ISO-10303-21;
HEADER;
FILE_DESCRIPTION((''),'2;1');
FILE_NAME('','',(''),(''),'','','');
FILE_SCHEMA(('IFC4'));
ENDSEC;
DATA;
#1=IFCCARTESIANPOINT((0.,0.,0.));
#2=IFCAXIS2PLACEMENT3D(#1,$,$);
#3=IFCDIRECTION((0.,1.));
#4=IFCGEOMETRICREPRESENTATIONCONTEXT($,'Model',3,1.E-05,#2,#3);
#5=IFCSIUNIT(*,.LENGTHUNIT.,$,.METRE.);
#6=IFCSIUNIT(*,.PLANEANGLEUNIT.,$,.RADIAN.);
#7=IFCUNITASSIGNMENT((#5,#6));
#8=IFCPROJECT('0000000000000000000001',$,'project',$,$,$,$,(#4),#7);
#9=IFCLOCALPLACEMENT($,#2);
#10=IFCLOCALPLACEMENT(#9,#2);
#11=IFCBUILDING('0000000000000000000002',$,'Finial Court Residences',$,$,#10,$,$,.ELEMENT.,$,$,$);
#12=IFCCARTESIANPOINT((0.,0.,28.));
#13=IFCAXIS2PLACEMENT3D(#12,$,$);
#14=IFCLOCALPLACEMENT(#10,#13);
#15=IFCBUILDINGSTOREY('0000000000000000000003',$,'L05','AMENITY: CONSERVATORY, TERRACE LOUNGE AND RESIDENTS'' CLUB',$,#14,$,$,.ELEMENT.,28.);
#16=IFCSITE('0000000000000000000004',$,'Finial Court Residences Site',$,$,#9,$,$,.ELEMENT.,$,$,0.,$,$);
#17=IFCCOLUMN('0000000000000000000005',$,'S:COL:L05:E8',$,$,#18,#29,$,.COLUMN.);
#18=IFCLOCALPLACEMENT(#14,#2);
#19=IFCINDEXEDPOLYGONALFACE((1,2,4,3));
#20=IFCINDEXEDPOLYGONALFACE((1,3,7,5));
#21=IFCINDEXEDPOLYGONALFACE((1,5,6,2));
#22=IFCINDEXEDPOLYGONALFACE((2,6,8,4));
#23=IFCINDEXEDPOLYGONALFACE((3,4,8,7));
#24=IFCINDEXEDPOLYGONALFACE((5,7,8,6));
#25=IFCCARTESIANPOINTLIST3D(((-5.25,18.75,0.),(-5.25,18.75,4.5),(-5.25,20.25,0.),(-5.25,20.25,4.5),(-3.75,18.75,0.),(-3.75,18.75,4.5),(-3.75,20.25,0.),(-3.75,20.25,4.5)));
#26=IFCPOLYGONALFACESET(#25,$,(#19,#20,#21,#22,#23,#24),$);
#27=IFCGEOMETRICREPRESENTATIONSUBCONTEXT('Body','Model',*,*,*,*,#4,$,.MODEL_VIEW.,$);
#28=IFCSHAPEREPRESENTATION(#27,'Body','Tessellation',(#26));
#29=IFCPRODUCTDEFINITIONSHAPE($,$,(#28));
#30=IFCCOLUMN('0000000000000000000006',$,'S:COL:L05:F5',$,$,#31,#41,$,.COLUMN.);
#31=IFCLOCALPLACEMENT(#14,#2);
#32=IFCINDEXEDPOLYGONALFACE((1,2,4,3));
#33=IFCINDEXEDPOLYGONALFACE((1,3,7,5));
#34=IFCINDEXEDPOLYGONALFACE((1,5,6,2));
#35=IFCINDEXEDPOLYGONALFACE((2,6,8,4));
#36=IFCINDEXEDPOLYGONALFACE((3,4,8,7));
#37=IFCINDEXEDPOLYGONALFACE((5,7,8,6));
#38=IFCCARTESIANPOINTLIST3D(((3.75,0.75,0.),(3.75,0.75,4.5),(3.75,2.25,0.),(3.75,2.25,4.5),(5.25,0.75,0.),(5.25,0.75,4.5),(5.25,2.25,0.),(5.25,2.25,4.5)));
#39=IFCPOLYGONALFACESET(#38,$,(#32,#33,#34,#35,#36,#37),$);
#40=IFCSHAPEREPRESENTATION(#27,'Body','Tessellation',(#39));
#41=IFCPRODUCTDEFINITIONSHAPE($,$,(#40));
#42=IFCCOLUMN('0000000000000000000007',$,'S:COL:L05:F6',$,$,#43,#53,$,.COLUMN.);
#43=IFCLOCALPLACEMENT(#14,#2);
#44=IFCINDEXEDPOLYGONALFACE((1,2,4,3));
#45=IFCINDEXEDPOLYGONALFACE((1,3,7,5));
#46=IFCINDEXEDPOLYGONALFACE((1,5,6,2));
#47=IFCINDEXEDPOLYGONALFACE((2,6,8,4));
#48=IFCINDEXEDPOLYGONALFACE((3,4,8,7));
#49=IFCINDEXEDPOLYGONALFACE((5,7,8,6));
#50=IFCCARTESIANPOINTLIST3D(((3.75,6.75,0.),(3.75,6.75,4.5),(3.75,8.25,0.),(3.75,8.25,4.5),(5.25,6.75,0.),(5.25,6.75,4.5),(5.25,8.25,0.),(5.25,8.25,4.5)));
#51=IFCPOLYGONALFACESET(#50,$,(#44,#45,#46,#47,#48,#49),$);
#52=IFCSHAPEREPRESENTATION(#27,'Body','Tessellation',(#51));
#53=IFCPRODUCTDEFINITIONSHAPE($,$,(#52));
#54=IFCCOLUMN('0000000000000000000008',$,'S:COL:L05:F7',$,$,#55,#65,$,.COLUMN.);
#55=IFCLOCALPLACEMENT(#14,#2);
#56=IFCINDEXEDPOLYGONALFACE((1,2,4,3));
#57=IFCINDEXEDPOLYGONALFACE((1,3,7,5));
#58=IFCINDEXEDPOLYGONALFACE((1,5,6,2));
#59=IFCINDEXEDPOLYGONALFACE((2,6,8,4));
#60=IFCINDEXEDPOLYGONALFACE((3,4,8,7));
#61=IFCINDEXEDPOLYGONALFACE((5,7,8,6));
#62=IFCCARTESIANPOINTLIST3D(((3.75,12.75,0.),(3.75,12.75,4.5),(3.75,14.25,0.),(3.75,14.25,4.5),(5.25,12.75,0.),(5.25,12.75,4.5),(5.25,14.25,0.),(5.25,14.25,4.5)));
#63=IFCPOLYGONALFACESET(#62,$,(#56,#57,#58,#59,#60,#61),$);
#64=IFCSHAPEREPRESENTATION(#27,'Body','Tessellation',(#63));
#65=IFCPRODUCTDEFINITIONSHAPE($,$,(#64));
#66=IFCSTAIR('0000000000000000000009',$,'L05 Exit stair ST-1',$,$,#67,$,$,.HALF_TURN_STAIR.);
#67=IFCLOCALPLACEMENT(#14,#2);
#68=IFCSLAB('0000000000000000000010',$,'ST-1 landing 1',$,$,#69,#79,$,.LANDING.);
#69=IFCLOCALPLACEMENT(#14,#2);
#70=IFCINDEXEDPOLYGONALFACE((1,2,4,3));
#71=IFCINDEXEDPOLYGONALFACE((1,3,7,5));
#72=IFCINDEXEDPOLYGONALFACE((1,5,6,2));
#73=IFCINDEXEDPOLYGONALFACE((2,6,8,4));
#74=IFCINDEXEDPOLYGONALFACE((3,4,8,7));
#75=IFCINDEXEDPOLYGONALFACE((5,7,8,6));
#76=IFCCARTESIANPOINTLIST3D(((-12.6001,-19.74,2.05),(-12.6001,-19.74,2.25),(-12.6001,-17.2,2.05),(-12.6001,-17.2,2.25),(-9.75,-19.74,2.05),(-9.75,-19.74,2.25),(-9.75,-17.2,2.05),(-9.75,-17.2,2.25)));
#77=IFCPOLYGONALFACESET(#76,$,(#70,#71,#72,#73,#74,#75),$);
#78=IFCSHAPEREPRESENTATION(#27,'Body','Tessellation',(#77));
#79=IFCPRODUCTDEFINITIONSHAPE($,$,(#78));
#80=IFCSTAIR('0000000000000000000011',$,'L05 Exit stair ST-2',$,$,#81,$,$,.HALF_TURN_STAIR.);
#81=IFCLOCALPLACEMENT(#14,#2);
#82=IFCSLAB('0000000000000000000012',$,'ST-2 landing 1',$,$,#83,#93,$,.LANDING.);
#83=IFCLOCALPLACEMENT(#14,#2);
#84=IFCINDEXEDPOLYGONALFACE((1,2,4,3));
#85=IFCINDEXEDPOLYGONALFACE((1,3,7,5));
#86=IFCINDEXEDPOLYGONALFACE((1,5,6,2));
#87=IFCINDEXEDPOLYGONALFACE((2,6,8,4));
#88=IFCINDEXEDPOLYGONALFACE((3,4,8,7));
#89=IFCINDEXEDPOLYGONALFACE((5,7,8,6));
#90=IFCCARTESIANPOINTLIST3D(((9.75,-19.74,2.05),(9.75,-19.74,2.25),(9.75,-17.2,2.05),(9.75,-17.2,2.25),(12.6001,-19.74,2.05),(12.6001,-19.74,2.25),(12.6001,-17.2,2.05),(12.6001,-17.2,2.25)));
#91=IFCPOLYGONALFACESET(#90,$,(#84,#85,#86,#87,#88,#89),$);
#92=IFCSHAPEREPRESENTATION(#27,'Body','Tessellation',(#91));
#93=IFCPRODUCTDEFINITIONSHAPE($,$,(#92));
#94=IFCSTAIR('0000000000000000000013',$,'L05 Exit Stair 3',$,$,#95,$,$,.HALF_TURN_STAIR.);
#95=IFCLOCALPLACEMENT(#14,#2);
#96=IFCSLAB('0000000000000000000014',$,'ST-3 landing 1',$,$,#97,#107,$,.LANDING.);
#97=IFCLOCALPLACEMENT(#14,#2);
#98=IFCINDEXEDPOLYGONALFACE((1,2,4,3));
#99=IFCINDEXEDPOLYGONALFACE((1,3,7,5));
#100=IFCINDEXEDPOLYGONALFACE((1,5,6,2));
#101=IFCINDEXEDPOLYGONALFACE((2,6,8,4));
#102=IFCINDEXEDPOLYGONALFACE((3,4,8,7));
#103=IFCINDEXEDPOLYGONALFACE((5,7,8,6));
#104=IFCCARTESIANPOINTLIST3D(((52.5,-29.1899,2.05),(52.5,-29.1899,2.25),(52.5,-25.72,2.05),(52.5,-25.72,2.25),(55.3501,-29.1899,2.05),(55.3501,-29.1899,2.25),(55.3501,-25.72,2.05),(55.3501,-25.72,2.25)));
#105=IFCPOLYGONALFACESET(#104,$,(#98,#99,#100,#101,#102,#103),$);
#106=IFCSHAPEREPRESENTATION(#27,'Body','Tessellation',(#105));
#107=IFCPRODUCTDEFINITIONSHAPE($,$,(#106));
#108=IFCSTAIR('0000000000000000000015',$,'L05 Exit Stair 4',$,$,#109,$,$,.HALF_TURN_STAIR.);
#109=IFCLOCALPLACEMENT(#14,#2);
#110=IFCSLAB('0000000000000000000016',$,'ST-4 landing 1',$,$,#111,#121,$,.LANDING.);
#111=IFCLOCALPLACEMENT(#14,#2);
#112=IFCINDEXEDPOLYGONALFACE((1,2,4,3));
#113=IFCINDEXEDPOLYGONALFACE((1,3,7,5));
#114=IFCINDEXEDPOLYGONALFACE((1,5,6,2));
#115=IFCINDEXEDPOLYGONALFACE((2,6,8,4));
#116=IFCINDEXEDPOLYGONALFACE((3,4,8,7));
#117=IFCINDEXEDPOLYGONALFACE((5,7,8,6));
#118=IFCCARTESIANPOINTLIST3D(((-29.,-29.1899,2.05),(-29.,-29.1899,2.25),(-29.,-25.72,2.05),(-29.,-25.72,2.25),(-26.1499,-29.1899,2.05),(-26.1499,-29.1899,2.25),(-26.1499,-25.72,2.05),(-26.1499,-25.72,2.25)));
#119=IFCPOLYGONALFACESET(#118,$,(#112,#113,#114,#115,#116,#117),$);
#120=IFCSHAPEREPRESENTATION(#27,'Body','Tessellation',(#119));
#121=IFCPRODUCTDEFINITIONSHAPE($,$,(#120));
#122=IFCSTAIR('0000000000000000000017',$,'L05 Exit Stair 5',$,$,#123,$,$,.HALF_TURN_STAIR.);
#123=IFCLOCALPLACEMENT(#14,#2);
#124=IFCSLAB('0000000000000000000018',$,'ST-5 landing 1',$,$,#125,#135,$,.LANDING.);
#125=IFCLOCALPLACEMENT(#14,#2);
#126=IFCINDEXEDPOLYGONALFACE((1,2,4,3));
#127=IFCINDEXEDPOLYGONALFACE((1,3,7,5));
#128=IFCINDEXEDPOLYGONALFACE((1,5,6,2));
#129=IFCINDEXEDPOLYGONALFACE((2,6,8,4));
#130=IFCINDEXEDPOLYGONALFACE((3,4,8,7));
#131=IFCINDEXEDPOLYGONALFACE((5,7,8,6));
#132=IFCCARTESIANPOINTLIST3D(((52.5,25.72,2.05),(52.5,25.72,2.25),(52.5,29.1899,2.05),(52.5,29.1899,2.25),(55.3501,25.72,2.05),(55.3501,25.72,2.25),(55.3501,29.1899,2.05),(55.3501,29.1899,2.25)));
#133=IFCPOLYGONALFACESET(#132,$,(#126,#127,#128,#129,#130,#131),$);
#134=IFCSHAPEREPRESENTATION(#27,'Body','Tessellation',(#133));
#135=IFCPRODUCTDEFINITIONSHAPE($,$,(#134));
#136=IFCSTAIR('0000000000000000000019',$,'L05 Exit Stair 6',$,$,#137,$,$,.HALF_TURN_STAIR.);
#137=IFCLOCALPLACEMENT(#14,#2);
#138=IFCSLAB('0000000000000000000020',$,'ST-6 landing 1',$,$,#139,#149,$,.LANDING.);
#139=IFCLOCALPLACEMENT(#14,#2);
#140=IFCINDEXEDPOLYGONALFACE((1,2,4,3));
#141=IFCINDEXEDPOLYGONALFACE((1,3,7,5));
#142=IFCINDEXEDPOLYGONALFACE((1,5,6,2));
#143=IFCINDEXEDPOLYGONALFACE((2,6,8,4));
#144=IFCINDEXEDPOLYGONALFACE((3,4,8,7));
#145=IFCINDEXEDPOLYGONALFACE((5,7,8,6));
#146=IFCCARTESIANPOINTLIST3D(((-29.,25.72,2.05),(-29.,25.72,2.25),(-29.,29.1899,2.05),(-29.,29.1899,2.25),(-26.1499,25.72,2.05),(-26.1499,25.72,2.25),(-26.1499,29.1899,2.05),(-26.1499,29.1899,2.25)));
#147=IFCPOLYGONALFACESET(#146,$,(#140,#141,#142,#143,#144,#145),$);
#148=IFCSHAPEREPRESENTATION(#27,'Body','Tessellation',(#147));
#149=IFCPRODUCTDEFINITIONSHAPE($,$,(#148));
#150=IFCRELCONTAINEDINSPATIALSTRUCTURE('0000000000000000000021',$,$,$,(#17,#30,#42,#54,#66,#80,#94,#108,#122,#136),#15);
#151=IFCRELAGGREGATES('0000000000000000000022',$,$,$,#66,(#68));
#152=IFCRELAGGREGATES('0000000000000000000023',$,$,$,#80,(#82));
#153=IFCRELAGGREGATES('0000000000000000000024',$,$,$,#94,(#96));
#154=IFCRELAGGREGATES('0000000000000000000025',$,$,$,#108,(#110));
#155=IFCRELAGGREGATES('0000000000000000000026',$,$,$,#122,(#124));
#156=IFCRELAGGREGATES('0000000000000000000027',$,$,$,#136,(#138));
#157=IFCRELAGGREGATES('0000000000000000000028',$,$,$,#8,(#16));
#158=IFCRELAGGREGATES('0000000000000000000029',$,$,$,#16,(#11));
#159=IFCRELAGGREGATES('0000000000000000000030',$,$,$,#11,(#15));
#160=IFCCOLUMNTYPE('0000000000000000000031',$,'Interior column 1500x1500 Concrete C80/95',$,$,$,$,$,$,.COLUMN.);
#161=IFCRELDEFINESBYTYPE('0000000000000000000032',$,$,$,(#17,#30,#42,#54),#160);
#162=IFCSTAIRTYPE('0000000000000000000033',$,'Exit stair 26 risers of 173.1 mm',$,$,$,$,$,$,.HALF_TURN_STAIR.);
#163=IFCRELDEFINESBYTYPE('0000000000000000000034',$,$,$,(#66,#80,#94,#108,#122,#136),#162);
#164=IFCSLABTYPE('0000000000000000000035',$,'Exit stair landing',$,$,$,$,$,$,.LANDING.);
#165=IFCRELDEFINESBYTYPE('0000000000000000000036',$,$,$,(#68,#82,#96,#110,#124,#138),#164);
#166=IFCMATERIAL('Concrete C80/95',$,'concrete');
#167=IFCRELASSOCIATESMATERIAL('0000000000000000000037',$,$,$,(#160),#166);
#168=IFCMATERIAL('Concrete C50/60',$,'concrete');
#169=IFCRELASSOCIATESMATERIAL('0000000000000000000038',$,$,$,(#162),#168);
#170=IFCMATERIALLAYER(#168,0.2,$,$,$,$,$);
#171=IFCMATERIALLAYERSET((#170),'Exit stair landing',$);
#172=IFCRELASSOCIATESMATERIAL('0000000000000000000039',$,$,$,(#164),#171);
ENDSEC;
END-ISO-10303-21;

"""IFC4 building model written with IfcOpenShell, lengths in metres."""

from ifc_helpers import new_model, si_unit, direction, frame, origin, origin_2d, place, context, subcontext, project, spatial, polyline, rectangle, outline, extrude, material, layer, layer_set, material_profile, profile_set, type_object, element, aggregate, save


model = new_model("IFC4")

# Units and contexts
model_context = context("Model", 3, precision=1e-05, world=origin(), true_north=direction((0.0, 1.0)))
body_context = subcontext(model_context, "Body", "Model", "MODEL_VIEW")
ifc_project = project(units=[si_unit("LENGTHUNIT", "METRE"), si_unit("PLANEANGLEUNIT", "RADIAN")], contexts=[model_context])

# Site, building, storey
site_placement = place(None, origin())
site = spatial("IfcSite", under=ifc_project, at=site_placement, Name="Finial Court Residences Site", CompositionType="ELEMENT", RefElevation=0.0)
building_placement = place(site_placement, origin())
building = spatial("IfcBuilding", under=site, at=building_placement, Name="Finial Court Residences", CompositionType="ELEMENT")
storey_placement = place(building_placement, frame((0.0, 0.0, 28.0)))
storey = spatial("IfcBuildingStorey", under=building, at=storey_placement, Name="L05", Description="AMENITY: CONSERVATORY, TERRACE LOUNGE AND RESIDENTS' CLUB", CompositionType="ELEMENT", Elevation=28.0)

# Columns
ifc_material_1 = material(Name="Concrete C80/95", Category="concrete")
ifc_material_profile = material_profile(ifc_material_1, rectangle(XDim=1.5, YDim=1.5, at=origin_2d()), Name="1500x1500")
ifc_profile_set = profile_set([ifc_material_profile], Name="Concrete C80/95")
column_type = type_object("IfcColumnType", Name="Interior column 1500x1500 Concrete C80/95", PredefinedType="COLUMN", material=ifc_profile_set)
for number, where, z_axis, x_axis, name in (
    (1, (-4.5, 19.5, 0.0), (0.0, 0.0, 1.0), (1.0, 0.0, 0.0), "S:COL:L05:E8"),
    (2, (4.5, 1.5, 0.0), (0.0, 0.0, 1.0), (1.0, 0.0, 0.0), "S:COL:L05:F5"),
    (3, (4.5, 7.5, 0.0), (0.0, 0.0, 1.0), (1.0, 0.0, 0.0), "S:COL:L05:F6"),
    (4, (4.5, 13.5, 0.0), (0.0, 0.0, 1.0), (1.0, 0.0, 0.0), "S:COL:L05:F7"),
):
    element("IfcColumn", number, at=place(storey_placement, frame(where, z_axis=z_axis, x_axis=x_axis)), inside=storey, type_object=column_type, Name=name, PredefinedType="COLUMN", context=body_context, shape_type="SweptSolid", body=[
        extrude(rectangle(XDim=1.5, YDim=1.5, at=origin_2d()), origin(), (0.0, 0.0, 1.0), 4.5),
    ])

# Stairs, slabs
ifc_material_2 = material(Name="Concrete C50/60", Category="concrete")
stair_type = type_object("IfcStairType", Name="Exit stair 26 risers of 173.1 mm", PredefinedType="HALF_TURN_STAIR", material=ifc_material_2)
stair_1_placement = place(storey_placement, origin())
stair_1 = element("IfcStair", 5, at=stair_1_placement, inside=storey, type_object=stair_type, Name="L05 Exit stair ST-1", PredefinedType="HALF_TURN_STAIR")
ifc_layer_1 = layer(ifc_material_2, 0.2)
ifc_layer_set_1 = layer_set([ifc_layer_1], Name="Exit stair landing")
slab_type_1 = type_object("IfcSlabType", Name="Exit stair landing", PredefinedType="LANDING", material=ifc_layer_set_1)
slab_1_placement = place(storey_placement, frame((0.0, 0.0, 2.05)))
slab_1 = element("IfcSlab", 6, at=slab_1_placement, type_object=slab_type_1, Name="ST-1 landing 1", PredefinedType="LANDING", context=body_context, shape_type="SweptSolid", body=[
    extrude(outline(polyline([(-9.75, -19.74), (-9.75, -17.2), (-12.6001, -17.2), (-12.6001, -19.74), (-9.75, -19.74)])), origin(), (0.0, 0.0, 1.0), 0.2),
])
aggregate(stair_1, [slab_1])
stair_2_placement = place(storey_placement, origin())
stair_2 = element("IfcStair", 7, at=stair_2_placement, inside=storey, type_object=stair_type, Name="L05 Exit stair ST-2", PredefinedType="HALF_TURN_STAIR")
slab_2_placement = place(storey_placement, frame((0.0, 0.0, 2.05)))
slab_2 = element("IfcSlab", 8, at=slab_2_placement, type_object=slab_type_1, Name="ST-2 landing 1", PredefinedType="LANDING", context=body_context, shape_type="SweptSolid", body=[
    extrude(outline(polyline([(12.6001, -19.74), (12.6001, -17.2), (9.75, -17.2), (9.75, -19.74), (12.6001, -19.74)])), origin(), (0.0, 0.0, 1.0), 0.2),
])
aggregate(stair_2, [slab_2])
stair_3_placement = place(storey_placement, origin())
stair_3 = element("IfcStair", 9, at=stair_3_placement, inside=storey, type_object=stair_type, Name="L05 Exit Stair 3", PredefinedType="HALF_TURN_STAIR")
slab_3_placement = place(storey_placement, frame((0.0, 0.0, 2.05)))
slab_3 = element("IfcSlab", 10, at=slab_3_placement, type_object=slab_type_1, Name="ST-3 landing 1", PredefinedType="LANDING", context=body_context, shape_type="SweptSolid", body=[
    extrude(outline(polyline([(55.3501, -29.1899), (55.3501, -25.72), (52.5, -25.72), (52.5, -29.1899), (55.3501, -29.1899)])), origin(), (0.0, 0.0, 1.0), 0.2),
])
aggregate(stair_3, [slab_3])
stair_4_placement = place(storey_placement, origin())
stair_4 = element("IfcStair", 11, at=stair_4_placement, inside=storey, type_object=stair_type, Name="L05 Exit Stair 4", PredefinedType="HALF_TURN_STAIR")
slab_4_placement = place(storey_placement, frame((0.0, 0.0, 2.05)))
slab_4 = element("IfcSlab", 12, at=slab_4_placement, type_object=slab_type_1, Name="ST-4 landing 1", PredefinedType="LANDING", context=body_context, shape_type="SweptSolid", body=[
    extrude(outline(polyline([(-26.1499, -29.1899), (-26.1499, -25.72), (-29.0, -25.72), (-29.0, -29.1899), (-26.1499, -29.1899)])), origin(), (0.0, 0.0, 1.0), 0.2),
])
aggregate(stair_4, [slab_4])
stair_5_placement = place(storey_placement, origin())
stair_5 = element("IfcStair", 13, at=stair_5_placement, inside=storey, type_object=stair_type, Name="L05 Exit Stair 5", PredefinedType="HALF_TURN_STAIR")
slab_5_placement = place(storey_placement, frame((0.0, 0.0, 2.05)))
slab_5 = element("IfcSlab", 14, at=slab_5_placement, type_object=slab_type_1, Name="ST-5 landing 1", PredefinedType="LANDING", context=body_context, shape_type="SweptSolid", body=[
    extrude(outline(polyline([(52.5, 29.1899), (52.5, 25.72), (55.3501, 25.72), (55.3501, 29.1899), (52.5, 29.1899)])), origin(), (0.0, 0.0, 1.0), 0.2),
])
aggregate(stair_5, [slab_5])
stair_6_placement = place(storey_placement, origin())
stair_6 = element("IfcStair", 15, at=stair_6_placement, inside=storey, type_object=stair_type, Name="L05 Exit Stair 6", PredefinedType="HALF_TURN_STAIR")
slab_6_placement = place(storey_placement, frame((0.0, 0.0, 2.05)))
slab_6 = element("IfcSlab", 16, at=slab_6_placement, type_object=slab_type_1, Name="ST-6 landing 1", PredefinedType="LANDING", context=body_context, shape_type="SweptSolid", body=[
    extrude(outline(polyline([(-29.0, 29.1899), (-29.0, 25.72), (-26.1499, 25.72), (-26.1499, 29.1899), (-29.0, 29.1899)])), origin(), (0.0, 0.0, 1.0), 0.2),
])
aggregate(stair_6, [slab_6])

save(model, "model.ifc")
